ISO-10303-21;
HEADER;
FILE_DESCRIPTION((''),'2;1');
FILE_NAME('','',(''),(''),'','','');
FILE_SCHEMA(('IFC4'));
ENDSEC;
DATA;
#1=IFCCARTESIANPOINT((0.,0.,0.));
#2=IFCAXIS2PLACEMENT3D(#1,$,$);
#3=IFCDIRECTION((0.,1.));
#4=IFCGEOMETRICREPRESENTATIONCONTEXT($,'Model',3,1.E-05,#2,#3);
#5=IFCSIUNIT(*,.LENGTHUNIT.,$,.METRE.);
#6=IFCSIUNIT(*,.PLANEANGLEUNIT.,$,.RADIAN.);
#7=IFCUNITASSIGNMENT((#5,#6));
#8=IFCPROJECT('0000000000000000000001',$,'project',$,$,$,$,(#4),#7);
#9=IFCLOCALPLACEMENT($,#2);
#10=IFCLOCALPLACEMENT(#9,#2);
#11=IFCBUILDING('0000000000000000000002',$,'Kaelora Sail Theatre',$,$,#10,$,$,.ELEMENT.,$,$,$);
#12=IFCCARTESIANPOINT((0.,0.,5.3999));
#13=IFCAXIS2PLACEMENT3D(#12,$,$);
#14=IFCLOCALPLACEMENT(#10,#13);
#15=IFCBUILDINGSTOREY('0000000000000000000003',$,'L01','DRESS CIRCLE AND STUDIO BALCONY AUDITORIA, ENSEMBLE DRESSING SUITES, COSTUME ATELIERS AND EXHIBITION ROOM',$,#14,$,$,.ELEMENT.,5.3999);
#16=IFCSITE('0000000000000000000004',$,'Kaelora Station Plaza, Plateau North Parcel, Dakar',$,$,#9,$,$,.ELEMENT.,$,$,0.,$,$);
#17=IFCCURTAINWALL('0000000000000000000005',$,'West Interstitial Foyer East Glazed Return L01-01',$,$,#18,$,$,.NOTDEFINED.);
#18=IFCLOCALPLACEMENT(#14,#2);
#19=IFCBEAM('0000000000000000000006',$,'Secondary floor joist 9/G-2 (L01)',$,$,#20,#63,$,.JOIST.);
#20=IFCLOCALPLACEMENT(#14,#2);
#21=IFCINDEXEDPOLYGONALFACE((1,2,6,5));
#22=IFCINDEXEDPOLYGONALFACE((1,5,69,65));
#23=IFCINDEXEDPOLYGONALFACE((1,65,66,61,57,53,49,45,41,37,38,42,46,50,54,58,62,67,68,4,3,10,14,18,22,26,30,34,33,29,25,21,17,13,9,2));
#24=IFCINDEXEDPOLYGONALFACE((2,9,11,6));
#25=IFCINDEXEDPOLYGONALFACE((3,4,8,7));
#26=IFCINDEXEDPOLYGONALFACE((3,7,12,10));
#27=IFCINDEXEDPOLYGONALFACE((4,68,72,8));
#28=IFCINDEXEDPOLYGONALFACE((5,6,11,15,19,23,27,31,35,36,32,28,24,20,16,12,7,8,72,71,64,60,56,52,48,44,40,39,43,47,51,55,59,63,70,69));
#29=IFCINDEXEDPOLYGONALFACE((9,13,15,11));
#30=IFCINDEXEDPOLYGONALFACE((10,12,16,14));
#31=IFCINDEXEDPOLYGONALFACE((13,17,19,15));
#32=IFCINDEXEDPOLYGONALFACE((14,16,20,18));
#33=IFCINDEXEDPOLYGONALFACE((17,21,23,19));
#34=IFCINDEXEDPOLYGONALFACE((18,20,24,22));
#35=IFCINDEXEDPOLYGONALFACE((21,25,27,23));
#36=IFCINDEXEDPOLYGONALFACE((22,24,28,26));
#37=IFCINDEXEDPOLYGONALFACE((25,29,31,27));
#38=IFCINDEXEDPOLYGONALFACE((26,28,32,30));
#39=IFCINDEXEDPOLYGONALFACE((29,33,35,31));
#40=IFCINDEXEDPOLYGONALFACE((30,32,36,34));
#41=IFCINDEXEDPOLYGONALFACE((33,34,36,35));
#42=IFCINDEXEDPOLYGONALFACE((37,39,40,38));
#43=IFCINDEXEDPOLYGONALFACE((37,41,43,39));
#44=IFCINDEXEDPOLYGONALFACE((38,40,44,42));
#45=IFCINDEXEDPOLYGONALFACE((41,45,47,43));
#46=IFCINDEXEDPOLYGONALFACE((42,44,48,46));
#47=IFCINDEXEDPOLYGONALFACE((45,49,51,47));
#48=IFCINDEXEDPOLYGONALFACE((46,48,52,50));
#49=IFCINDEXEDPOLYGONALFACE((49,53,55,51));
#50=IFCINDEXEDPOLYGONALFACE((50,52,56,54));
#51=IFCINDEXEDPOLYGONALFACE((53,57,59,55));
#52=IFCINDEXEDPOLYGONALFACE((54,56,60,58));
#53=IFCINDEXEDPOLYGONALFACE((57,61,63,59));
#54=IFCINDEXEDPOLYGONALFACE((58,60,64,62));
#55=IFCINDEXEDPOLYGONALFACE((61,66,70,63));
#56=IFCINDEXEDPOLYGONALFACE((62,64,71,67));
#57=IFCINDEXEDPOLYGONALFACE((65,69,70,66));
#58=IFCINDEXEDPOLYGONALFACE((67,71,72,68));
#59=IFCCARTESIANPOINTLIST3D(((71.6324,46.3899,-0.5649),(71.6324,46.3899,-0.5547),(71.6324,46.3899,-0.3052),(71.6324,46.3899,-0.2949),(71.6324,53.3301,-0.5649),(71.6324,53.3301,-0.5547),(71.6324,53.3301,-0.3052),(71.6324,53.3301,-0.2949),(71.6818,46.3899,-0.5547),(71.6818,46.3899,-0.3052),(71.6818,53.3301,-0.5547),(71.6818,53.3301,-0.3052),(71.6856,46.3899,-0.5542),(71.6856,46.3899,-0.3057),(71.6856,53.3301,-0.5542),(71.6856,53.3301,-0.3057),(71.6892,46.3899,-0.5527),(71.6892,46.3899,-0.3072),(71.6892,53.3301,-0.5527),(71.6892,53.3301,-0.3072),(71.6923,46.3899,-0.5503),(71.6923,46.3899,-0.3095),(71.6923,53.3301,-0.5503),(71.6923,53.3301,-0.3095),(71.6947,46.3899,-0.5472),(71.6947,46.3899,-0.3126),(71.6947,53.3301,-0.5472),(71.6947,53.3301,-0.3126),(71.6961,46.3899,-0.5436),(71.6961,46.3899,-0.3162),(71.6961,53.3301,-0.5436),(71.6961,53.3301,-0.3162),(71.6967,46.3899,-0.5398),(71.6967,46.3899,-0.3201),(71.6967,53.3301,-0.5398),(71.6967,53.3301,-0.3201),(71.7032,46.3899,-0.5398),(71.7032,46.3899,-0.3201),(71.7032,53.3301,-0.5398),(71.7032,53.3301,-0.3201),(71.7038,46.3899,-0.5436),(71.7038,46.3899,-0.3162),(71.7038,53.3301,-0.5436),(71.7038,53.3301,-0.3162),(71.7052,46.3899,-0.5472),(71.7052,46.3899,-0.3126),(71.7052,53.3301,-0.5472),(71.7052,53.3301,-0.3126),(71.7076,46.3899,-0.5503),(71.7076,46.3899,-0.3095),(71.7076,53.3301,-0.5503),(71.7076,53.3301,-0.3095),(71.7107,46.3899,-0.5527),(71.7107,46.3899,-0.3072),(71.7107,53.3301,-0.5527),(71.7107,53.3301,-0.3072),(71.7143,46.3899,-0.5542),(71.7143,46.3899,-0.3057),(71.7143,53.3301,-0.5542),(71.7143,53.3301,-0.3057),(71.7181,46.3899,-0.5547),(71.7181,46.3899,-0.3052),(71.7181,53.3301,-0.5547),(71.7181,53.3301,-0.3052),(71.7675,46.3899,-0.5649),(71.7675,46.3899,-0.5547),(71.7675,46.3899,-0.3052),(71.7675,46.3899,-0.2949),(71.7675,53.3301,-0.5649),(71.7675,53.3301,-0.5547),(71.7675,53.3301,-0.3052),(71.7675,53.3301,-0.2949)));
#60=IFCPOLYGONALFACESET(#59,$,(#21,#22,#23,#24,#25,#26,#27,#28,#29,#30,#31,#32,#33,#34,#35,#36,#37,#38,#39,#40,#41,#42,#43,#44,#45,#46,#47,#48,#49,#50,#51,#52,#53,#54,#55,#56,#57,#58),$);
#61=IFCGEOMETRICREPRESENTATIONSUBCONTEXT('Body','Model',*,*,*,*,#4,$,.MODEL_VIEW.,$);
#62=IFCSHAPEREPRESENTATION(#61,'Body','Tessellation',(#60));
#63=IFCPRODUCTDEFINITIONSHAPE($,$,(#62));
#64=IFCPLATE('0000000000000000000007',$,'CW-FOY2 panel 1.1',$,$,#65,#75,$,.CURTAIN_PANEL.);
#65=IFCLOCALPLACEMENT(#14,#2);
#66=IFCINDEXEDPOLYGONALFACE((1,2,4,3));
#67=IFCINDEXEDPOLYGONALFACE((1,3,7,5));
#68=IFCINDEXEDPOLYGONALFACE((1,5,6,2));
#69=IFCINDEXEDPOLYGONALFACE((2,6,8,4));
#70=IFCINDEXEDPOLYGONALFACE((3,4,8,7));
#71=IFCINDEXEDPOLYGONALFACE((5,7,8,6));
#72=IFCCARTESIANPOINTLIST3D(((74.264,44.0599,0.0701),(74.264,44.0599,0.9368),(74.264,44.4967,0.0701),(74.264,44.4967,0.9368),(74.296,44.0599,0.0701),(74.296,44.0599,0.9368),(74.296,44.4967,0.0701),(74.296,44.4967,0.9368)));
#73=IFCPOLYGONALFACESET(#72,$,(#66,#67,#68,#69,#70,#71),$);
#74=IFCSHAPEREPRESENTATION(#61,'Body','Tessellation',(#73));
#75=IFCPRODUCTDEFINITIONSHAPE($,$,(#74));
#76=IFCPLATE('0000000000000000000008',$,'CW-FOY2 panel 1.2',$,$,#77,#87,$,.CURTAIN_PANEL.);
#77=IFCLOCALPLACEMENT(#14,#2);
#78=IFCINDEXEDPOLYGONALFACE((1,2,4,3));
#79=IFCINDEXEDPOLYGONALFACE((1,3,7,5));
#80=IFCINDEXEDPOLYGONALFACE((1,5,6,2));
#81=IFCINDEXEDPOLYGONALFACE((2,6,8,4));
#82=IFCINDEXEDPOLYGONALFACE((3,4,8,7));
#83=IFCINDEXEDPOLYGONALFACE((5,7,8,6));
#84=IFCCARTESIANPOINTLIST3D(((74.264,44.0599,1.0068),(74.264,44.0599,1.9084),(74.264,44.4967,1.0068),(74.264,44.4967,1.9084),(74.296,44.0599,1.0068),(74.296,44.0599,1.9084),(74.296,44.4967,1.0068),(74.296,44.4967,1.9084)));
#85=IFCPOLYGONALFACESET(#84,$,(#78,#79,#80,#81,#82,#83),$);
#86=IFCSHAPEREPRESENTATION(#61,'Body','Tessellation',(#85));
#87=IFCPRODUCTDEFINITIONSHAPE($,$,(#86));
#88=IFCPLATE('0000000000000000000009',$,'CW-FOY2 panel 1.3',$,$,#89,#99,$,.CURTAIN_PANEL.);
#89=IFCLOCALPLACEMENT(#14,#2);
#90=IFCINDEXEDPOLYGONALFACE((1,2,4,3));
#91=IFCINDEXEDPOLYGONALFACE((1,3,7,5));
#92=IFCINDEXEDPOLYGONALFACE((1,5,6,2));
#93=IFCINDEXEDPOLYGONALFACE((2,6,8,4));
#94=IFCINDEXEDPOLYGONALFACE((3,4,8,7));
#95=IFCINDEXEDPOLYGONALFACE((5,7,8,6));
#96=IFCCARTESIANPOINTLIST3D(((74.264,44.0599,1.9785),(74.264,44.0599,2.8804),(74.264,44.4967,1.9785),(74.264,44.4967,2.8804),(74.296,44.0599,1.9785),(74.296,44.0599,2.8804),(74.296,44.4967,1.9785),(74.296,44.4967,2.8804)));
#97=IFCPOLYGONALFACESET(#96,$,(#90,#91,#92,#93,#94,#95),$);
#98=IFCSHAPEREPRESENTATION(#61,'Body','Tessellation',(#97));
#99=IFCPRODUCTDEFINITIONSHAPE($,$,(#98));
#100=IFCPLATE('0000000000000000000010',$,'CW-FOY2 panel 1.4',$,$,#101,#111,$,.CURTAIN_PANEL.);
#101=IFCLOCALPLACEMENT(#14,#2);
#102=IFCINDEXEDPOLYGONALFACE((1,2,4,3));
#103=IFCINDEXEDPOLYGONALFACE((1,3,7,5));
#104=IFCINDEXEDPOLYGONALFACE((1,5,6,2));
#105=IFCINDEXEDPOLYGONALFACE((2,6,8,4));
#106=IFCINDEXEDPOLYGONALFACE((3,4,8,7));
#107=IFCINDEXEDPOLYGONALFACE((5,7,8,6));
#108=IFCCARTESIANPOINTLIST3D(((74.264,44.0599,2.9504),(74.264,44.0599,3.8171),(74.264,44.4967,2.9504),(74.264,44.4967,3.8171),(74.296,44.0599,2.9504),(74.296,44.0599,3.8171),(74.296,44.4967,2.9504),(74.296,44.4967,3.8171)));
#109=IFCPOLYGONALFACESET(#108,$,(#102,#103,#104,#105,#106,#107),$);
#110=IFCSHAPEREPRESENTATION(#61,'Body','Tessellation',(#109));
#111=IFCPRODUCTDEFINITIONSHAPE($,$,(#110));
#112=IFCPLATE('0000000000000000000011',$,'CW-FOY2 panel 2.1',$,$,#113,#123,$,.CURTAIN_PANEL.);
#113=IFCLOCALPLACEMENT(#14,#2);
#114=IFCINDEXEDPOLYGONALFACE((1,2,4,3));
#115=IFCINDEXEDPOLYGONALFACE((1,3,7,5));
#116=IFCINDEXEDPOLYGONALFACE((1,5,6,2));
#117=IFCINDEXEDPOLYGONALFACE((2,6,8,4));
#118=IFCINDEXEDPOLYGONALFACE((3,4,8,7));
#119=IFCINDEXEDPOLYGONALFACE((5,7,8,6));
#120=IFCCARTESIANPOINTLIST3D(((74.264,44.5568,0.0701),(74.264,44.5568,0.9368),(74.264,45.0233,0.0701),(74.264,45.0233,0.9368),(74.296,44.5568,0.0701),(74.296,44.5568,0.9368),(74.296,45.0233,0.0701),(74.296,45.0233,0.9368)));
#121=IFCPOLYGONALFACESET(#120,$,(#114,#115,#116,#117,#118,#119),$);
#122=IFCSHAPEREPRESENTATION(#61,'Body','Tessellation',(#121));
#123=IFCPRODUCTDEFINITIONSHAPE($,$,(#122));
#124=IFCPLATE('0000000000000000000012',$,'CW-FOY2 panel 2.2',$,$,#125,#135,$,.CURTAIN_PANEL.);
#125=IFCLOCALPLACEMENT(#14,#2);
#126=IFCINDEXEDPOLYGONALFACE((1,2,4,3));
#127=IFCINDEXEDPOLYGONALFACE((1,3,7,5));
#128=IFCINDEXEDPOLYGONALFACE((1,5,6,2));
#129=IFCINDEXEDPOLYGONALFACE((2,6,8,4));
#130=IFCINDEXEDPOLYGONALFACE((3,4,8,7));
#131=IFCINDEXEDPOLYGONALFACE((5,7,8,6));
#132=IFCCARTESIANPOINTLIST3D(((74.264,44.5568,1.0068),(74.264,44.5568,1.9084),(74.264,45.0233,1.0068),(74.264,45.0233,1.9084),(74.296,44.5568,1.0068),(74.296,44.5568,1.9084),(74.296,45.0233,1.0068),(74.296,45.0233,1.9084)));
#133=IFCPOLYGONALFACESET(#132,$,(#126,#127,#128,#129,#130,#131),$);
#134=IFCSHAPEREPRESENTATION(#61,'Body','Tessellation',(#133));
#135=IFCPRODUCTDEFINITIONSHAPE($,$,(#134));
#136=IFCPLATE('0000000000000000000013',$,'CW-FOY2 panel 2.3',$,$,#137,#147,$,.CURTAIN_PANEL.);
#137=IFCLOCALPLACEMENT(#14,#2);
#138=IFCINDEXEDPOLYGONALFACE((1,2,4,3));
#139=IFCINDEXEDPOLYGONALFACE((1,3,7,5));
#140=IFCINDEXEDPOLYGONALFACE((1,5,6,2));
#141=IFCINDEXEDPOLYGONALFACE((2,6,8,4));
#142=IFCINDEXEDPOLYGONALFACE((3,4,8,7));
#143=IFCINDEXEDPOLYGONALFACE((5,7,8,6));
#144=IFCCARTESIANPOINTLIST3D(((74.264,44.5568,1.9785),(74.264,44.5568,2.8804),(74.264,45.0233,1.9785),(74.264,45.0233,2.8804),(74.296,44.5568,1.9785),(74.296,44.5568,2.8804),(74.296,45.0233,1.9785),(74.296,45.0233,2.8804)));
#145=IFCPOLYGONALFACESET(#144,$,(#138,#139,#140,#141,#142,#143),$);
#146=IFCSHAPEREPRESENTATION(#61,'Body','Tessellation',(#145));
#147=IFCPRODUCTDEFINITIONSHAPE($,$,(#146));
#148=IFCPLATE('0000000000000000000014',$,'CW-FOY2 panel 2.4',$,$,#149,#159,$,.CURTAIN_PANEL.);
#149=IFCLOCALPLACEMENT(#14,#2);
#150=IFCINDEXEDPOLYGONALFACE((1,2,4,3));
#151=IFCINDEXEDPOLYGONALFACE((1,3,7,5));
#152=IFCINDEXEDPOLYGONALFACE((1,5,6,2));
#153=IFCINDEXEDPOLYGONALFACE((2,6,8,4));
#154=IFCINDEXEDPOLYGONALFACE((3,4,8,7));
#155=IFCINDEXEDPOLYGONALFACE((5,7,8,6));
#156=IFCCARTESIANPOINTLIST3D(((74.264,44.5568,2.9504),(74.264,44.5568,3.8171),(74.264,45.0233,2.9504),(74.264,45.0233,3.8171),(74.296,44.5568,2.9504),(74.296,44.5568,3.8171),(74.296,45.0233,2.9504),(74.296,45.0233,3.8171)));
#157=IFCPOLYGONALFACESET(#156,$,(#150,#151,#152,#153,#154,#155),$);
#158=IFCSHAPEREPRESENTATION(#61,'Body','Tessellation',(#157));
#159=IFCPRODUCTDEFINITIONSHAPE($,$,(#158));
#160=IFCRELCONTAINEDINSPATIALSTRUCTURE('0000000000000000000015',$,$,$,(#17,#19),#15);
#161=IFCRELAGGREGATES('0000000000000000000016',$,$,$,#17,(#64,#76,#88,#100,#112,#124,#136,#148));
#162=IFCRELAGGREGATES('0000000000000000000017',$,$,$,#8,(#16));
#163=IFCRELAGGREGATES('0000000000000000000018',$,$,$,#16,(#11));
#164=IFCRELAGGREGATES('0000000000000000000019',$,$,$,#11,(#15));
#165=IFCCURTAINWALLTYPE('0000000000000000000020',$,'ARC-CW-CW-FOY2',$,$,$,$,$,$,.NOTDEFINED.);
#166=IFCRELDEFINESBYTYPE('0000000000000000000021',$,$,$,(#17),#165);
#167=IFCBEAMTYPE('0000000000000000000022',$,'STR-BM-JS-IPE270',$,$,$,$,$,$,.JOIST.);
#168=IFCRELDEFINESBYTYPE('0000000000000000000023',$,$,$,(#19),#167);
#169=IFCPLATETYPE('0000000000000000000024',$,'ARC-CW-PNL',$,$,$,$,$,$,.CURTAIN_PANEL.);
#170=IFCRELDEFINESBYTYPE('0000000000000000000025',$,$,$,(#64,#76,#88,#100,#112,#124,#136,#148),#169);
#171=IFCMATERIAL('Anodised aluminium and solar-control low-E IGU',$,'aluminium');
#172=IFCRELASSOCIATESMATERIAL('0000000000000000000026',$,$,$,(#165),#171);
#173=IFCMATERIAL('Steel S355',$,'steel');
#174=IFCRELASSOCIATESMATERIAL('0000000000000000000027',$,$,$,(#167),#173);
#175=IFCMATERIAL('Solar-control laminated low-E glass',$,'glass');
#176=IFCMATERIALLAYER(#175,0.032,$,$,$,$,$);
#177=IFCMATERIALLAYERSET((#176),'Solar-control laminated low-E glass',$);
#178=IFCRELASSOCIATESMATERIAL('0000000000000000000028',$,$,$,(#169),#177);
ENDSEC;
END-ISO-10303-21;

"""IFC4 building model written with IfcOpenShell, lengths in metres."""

from ifc_helpers import new_model, si_unit, direction, frame, origin, origin_2d, place, context, subcontext, project, spatial, rectangle, i_section, extrude, material, layer, layer_set, material_profile, profile_set, type_object, element, aggregate, save


model = new_model("IFC4")

# Units and contexts
model_context = context("Model", 3, precision=1e-05, world=origin(), true_north=direction((0.0, 1.0)))
body_context = subcontext(model_context, "Body", "Model", "MODEL_VIEW")
ifc_project = project(units=[si_unit("LENGTHUNIT", "METRE"), si_unit("PLANEANGLEUNIT", "RADIAN")], contexts=[model_context])

# Site, building, storey
site_placement = place(None, origin())
site = spatial("IfcSite", under=ifc_project, at=site_placement, Name="Kaelora Station Plaza, Plateau North Parcel, Dakar", CompositionType="ELEMENT", RefElevation=0.0)
building_placement = place(site_placement, origin())
building = spatial("IfcBuilding", under=site, at=building_placement, Name="Kaelora Sail Theatre", CompositionType="ELEMENT")
storey_placement = place(building_placement, frame((0.0, 0.0, 5.3999)))
storey = spatial("IfcBuildingStorey", under=building, at=storey_placement, Name="L01", Description="DRESS CIRCLE AND STUDIO BALCONY AUDITORIA, ENSEMBLE DRESSING SUITES, COSTUME ATELIERS AND EXHIBITION ROOM", CompositionType="ELEMENT", Elevation=5.3999)

# Curtain wall
ifc_material_1 = material(Name="Anodised aluminium and solar-control low-E IGU", Category="aluminium")
curtain_wall_type = type_object("IfcCurtainWallType", Name="ARC-CW-CW-FOY2", PredefinedType="NOTDEFINED", material=ifc_material_1)
curtain_wall_placement = place(storey_placement, origin())
curtain_wall = element("IfcCurtainWall", 1, at=curtain_wall_placement, inside=storey, type_object=curtain_wall_type, Name="West Interstitial Foyer East Glazed Return L01-01", PredefinedType="NOTDEFINED")

# Beam
ifc_material_2 = material(Name="Steel S355", Category="steel")
ifc_material_profile_1 = material_profile(ifc_material_2, i_section(OverallWidth=0.135, OverallDepth=0.27, WebThickness=0.0066, FlangeThickness=0.0103, FilletRadius=0.0149, at=origin_2d()), Name="IPE 270")
ifc_profile_set_1 = profile_set([ifc_material_profile_1], Name="Steel S355")
beam_type_1 = type_object("IfcBeamType", Name="STR-BM-JS-IPE270", PredefinedType="JOIST", material=ifc_profile_set_1)
beam_1_placement = place(storey_placement, frame((71.7, 46.3899, -0.4299), z_axis=(0.0, 1.0, 0.0), x_axis=(-1.0, 0.0, 0.0)))
element("IfcBeam", 2, at=beam_1_placement, inside=storey, type_object=beam_type_1, Name="Secondary floor joist 9/G-2 (L01)", PredefinedType="JOIST", context=body_context, shape_type="SweptSolid", body=[
    extrude(i_section(OverallWidth=0.135, OverallDepth=0.27, WebThickness=0.0066, FlangeThickness=0.0103, FilletRadius=0.0149, at=origin_2d()), origin(), (0.0, 0.0, 1.0), 6.9402),
])

# Plates
ifc_material_3 = material(Name="Solar-control laminated low-E glass", Category="glass")
ifc_layer = layer(ifc_material_3, 0.032)
ifc_layer_set = layer_set([ifc_layer], Name="Solar-control laminated low-E glass")
plate_type = type_object("IfcPlateType", Name="ARC-CW-PNL", PredefinedType="CURTAIN_PANEL", material=ifc_layer_set)
plate_1_placement = place(storey_placement, frame((74.28, 44.2783, 0.0701), z_axis=(0.0, 0.0, 1.0), x_axis=(0.0, 1.0, 0.0)))
plate_1 = element("IfcPlate", 3, at=plate_1_placement, type_object=plate_type, Name="CW-FOY2 panel 1.1", PredefinedType="CURTAIN_PANEL", context=body_context, shape_type="SweptSolid", body=[
    extrude(rectangle(XDim=0.4368, YDim=0.032, at=origin_2d()), origin(), (0.0, 0.0, 1.0), 0.8667),
])
plate_2_placement = place(storey_placement, frame((74.28, 44.2783, 1.0068), z_axis=(0.0, 0.0, 1.0), x_axis=(0.0, 1.0, 0.0)))
plate_2 = element("IfcPlate", 4, at=plate_2_placement, type_object=plate_type, Name="CW-FOY2 panel 1.2", PredefinedType="CURTAIN_PANEL", context=body_context, shape_type="SweptSolid", body=[
    extrude(rectangle(XDim=0.4368, YDim=0.032, at=origin_2d()), origin(), (0.0, 0.0, 1.0), 0.9016),
])
plate_3_placement = place(storey_placement, frame((74.28, 44.2783, 1.9785), z_axis=(0.0, 0.0, 1.0), x_axis=(0.0, 1.0, 0.0)))
plate_3 = element("IfcPlate", 5, at=plate_3_placement, type_object=plate_type, Name="CW-FOY2 panel 1.3", PredefinedType="CURTAIN_PANEL", context=body_context, shape_type="SweptSolid", body=[
    extrude(rectangle(XDim=0.4368, YDim=0.032, at=origin_2d()), origin(), (0.0, 0.0, 1.0), 0.9019),
])
plate_4_placement = place(storey_placement, frame((74.28, 44.2783, 2.9504), z_axis=(0.0, 0.0, 1.0), x_axis=(0.0, 1.0, 0.0)))
plate_4 = element("IfcPlate", 6, at=plate_4_placement, type_object=plate_type, Name="CW-FOY2 panel 1.4", PredefinedType="CURTAIN_PANEL", context=body_context, shape_type="SweptSolid", body=[
    extrude(rectangle(XDim=0.4368, YDim=0.032, at=origin_2d()), origin(), (0.0, 0.0, 1.0), 0.8667),
])
plate_5_placement = place(storey_placement, frame((74.28, 44.79, 0.0701), z_axis=(0.0, 0.0, 1.0), x_axis=(0.0, 1.0, 0.0)))
plate_5 = element("IfcPlate", 7, at=plate_5_placement, type_object=plate_type, Name="CW-FOY2 panel 2.1", PredefinedType="CURTAIN_PANEL", context=body_context, shape_type="SweptSolid", body=[
    extrude(rectangle(XDim=0.4666, YDim=0.032, at=origin_2d()), origin(), (0.0, 0.0, 1.0), 0.8667),
])
plate_6_placement = place(storey_placement, frame((74.28, 44.79, 1.0068), z_axis=(0.0, 0.0, 1.0), x_axis=(0.0, 1.0, 0.0)))
plate_6 = element("IfcPlate", 8, at=plate_6_placement, type_object=plate_type, Name="CW-FOY2 panel 2.2", PredefinedType="CURTAIN_PANEL", context=body_context, shape_type="SweptSolid", body=[
    extrude(rectangle(XDim=0.4666, YDim=0.032, at=origin_2d()), origin(), (0.0, 0.0, 1.0), 0.9016),
])
plate_7_placement = place(storey_placement, frame((74.28, 44.79, 1.9785), z_axis=(0.0, 0.0, 1.0), x_axis=(0.0, 1.0, 0.0)))
plate_7 = element("IfcPlate", 9, at=plate_7_placement, type_object=plate_type, Name="CW-FOY2 panel 2.3", PredefinedType="CURTAIN_PANEL", context=body_context, shape_type="SweptSolid", body=[
    extrude(rectangle(XDim=0.4666, YDim=0.032, at=origin_2d()), origin(), (0.0, 0.0, 1.0), 0.9019),
])
plate_8_placement = place(storey_placement, frame((74.28, 44.79, 2.9504), z_axis=(0.0, 0.0, 1.0), x_axis=(0.0, 1.0, 0.0)))
plate_8 = element("IfcPlate", 10, at=plate_8_placement, type_object=plate_type, Name="CW-FOY2 panel 2.4", PredefinedType="CURTAIN_PANEL", context=body_context, shape_type="SweptSolid", body=[
    extrude(rectangle(XDim=0.4666, YDim=0.032, at=origin_2d()), origin(), (0.0, 0.0, 1.0), 0.8667),
])
aggregate(curtain_wall, [plate_1, plate_2, plate_3, plate_4, plate_5, plate_6, plate_7, plate_8])

save(model, "model.ifc")
